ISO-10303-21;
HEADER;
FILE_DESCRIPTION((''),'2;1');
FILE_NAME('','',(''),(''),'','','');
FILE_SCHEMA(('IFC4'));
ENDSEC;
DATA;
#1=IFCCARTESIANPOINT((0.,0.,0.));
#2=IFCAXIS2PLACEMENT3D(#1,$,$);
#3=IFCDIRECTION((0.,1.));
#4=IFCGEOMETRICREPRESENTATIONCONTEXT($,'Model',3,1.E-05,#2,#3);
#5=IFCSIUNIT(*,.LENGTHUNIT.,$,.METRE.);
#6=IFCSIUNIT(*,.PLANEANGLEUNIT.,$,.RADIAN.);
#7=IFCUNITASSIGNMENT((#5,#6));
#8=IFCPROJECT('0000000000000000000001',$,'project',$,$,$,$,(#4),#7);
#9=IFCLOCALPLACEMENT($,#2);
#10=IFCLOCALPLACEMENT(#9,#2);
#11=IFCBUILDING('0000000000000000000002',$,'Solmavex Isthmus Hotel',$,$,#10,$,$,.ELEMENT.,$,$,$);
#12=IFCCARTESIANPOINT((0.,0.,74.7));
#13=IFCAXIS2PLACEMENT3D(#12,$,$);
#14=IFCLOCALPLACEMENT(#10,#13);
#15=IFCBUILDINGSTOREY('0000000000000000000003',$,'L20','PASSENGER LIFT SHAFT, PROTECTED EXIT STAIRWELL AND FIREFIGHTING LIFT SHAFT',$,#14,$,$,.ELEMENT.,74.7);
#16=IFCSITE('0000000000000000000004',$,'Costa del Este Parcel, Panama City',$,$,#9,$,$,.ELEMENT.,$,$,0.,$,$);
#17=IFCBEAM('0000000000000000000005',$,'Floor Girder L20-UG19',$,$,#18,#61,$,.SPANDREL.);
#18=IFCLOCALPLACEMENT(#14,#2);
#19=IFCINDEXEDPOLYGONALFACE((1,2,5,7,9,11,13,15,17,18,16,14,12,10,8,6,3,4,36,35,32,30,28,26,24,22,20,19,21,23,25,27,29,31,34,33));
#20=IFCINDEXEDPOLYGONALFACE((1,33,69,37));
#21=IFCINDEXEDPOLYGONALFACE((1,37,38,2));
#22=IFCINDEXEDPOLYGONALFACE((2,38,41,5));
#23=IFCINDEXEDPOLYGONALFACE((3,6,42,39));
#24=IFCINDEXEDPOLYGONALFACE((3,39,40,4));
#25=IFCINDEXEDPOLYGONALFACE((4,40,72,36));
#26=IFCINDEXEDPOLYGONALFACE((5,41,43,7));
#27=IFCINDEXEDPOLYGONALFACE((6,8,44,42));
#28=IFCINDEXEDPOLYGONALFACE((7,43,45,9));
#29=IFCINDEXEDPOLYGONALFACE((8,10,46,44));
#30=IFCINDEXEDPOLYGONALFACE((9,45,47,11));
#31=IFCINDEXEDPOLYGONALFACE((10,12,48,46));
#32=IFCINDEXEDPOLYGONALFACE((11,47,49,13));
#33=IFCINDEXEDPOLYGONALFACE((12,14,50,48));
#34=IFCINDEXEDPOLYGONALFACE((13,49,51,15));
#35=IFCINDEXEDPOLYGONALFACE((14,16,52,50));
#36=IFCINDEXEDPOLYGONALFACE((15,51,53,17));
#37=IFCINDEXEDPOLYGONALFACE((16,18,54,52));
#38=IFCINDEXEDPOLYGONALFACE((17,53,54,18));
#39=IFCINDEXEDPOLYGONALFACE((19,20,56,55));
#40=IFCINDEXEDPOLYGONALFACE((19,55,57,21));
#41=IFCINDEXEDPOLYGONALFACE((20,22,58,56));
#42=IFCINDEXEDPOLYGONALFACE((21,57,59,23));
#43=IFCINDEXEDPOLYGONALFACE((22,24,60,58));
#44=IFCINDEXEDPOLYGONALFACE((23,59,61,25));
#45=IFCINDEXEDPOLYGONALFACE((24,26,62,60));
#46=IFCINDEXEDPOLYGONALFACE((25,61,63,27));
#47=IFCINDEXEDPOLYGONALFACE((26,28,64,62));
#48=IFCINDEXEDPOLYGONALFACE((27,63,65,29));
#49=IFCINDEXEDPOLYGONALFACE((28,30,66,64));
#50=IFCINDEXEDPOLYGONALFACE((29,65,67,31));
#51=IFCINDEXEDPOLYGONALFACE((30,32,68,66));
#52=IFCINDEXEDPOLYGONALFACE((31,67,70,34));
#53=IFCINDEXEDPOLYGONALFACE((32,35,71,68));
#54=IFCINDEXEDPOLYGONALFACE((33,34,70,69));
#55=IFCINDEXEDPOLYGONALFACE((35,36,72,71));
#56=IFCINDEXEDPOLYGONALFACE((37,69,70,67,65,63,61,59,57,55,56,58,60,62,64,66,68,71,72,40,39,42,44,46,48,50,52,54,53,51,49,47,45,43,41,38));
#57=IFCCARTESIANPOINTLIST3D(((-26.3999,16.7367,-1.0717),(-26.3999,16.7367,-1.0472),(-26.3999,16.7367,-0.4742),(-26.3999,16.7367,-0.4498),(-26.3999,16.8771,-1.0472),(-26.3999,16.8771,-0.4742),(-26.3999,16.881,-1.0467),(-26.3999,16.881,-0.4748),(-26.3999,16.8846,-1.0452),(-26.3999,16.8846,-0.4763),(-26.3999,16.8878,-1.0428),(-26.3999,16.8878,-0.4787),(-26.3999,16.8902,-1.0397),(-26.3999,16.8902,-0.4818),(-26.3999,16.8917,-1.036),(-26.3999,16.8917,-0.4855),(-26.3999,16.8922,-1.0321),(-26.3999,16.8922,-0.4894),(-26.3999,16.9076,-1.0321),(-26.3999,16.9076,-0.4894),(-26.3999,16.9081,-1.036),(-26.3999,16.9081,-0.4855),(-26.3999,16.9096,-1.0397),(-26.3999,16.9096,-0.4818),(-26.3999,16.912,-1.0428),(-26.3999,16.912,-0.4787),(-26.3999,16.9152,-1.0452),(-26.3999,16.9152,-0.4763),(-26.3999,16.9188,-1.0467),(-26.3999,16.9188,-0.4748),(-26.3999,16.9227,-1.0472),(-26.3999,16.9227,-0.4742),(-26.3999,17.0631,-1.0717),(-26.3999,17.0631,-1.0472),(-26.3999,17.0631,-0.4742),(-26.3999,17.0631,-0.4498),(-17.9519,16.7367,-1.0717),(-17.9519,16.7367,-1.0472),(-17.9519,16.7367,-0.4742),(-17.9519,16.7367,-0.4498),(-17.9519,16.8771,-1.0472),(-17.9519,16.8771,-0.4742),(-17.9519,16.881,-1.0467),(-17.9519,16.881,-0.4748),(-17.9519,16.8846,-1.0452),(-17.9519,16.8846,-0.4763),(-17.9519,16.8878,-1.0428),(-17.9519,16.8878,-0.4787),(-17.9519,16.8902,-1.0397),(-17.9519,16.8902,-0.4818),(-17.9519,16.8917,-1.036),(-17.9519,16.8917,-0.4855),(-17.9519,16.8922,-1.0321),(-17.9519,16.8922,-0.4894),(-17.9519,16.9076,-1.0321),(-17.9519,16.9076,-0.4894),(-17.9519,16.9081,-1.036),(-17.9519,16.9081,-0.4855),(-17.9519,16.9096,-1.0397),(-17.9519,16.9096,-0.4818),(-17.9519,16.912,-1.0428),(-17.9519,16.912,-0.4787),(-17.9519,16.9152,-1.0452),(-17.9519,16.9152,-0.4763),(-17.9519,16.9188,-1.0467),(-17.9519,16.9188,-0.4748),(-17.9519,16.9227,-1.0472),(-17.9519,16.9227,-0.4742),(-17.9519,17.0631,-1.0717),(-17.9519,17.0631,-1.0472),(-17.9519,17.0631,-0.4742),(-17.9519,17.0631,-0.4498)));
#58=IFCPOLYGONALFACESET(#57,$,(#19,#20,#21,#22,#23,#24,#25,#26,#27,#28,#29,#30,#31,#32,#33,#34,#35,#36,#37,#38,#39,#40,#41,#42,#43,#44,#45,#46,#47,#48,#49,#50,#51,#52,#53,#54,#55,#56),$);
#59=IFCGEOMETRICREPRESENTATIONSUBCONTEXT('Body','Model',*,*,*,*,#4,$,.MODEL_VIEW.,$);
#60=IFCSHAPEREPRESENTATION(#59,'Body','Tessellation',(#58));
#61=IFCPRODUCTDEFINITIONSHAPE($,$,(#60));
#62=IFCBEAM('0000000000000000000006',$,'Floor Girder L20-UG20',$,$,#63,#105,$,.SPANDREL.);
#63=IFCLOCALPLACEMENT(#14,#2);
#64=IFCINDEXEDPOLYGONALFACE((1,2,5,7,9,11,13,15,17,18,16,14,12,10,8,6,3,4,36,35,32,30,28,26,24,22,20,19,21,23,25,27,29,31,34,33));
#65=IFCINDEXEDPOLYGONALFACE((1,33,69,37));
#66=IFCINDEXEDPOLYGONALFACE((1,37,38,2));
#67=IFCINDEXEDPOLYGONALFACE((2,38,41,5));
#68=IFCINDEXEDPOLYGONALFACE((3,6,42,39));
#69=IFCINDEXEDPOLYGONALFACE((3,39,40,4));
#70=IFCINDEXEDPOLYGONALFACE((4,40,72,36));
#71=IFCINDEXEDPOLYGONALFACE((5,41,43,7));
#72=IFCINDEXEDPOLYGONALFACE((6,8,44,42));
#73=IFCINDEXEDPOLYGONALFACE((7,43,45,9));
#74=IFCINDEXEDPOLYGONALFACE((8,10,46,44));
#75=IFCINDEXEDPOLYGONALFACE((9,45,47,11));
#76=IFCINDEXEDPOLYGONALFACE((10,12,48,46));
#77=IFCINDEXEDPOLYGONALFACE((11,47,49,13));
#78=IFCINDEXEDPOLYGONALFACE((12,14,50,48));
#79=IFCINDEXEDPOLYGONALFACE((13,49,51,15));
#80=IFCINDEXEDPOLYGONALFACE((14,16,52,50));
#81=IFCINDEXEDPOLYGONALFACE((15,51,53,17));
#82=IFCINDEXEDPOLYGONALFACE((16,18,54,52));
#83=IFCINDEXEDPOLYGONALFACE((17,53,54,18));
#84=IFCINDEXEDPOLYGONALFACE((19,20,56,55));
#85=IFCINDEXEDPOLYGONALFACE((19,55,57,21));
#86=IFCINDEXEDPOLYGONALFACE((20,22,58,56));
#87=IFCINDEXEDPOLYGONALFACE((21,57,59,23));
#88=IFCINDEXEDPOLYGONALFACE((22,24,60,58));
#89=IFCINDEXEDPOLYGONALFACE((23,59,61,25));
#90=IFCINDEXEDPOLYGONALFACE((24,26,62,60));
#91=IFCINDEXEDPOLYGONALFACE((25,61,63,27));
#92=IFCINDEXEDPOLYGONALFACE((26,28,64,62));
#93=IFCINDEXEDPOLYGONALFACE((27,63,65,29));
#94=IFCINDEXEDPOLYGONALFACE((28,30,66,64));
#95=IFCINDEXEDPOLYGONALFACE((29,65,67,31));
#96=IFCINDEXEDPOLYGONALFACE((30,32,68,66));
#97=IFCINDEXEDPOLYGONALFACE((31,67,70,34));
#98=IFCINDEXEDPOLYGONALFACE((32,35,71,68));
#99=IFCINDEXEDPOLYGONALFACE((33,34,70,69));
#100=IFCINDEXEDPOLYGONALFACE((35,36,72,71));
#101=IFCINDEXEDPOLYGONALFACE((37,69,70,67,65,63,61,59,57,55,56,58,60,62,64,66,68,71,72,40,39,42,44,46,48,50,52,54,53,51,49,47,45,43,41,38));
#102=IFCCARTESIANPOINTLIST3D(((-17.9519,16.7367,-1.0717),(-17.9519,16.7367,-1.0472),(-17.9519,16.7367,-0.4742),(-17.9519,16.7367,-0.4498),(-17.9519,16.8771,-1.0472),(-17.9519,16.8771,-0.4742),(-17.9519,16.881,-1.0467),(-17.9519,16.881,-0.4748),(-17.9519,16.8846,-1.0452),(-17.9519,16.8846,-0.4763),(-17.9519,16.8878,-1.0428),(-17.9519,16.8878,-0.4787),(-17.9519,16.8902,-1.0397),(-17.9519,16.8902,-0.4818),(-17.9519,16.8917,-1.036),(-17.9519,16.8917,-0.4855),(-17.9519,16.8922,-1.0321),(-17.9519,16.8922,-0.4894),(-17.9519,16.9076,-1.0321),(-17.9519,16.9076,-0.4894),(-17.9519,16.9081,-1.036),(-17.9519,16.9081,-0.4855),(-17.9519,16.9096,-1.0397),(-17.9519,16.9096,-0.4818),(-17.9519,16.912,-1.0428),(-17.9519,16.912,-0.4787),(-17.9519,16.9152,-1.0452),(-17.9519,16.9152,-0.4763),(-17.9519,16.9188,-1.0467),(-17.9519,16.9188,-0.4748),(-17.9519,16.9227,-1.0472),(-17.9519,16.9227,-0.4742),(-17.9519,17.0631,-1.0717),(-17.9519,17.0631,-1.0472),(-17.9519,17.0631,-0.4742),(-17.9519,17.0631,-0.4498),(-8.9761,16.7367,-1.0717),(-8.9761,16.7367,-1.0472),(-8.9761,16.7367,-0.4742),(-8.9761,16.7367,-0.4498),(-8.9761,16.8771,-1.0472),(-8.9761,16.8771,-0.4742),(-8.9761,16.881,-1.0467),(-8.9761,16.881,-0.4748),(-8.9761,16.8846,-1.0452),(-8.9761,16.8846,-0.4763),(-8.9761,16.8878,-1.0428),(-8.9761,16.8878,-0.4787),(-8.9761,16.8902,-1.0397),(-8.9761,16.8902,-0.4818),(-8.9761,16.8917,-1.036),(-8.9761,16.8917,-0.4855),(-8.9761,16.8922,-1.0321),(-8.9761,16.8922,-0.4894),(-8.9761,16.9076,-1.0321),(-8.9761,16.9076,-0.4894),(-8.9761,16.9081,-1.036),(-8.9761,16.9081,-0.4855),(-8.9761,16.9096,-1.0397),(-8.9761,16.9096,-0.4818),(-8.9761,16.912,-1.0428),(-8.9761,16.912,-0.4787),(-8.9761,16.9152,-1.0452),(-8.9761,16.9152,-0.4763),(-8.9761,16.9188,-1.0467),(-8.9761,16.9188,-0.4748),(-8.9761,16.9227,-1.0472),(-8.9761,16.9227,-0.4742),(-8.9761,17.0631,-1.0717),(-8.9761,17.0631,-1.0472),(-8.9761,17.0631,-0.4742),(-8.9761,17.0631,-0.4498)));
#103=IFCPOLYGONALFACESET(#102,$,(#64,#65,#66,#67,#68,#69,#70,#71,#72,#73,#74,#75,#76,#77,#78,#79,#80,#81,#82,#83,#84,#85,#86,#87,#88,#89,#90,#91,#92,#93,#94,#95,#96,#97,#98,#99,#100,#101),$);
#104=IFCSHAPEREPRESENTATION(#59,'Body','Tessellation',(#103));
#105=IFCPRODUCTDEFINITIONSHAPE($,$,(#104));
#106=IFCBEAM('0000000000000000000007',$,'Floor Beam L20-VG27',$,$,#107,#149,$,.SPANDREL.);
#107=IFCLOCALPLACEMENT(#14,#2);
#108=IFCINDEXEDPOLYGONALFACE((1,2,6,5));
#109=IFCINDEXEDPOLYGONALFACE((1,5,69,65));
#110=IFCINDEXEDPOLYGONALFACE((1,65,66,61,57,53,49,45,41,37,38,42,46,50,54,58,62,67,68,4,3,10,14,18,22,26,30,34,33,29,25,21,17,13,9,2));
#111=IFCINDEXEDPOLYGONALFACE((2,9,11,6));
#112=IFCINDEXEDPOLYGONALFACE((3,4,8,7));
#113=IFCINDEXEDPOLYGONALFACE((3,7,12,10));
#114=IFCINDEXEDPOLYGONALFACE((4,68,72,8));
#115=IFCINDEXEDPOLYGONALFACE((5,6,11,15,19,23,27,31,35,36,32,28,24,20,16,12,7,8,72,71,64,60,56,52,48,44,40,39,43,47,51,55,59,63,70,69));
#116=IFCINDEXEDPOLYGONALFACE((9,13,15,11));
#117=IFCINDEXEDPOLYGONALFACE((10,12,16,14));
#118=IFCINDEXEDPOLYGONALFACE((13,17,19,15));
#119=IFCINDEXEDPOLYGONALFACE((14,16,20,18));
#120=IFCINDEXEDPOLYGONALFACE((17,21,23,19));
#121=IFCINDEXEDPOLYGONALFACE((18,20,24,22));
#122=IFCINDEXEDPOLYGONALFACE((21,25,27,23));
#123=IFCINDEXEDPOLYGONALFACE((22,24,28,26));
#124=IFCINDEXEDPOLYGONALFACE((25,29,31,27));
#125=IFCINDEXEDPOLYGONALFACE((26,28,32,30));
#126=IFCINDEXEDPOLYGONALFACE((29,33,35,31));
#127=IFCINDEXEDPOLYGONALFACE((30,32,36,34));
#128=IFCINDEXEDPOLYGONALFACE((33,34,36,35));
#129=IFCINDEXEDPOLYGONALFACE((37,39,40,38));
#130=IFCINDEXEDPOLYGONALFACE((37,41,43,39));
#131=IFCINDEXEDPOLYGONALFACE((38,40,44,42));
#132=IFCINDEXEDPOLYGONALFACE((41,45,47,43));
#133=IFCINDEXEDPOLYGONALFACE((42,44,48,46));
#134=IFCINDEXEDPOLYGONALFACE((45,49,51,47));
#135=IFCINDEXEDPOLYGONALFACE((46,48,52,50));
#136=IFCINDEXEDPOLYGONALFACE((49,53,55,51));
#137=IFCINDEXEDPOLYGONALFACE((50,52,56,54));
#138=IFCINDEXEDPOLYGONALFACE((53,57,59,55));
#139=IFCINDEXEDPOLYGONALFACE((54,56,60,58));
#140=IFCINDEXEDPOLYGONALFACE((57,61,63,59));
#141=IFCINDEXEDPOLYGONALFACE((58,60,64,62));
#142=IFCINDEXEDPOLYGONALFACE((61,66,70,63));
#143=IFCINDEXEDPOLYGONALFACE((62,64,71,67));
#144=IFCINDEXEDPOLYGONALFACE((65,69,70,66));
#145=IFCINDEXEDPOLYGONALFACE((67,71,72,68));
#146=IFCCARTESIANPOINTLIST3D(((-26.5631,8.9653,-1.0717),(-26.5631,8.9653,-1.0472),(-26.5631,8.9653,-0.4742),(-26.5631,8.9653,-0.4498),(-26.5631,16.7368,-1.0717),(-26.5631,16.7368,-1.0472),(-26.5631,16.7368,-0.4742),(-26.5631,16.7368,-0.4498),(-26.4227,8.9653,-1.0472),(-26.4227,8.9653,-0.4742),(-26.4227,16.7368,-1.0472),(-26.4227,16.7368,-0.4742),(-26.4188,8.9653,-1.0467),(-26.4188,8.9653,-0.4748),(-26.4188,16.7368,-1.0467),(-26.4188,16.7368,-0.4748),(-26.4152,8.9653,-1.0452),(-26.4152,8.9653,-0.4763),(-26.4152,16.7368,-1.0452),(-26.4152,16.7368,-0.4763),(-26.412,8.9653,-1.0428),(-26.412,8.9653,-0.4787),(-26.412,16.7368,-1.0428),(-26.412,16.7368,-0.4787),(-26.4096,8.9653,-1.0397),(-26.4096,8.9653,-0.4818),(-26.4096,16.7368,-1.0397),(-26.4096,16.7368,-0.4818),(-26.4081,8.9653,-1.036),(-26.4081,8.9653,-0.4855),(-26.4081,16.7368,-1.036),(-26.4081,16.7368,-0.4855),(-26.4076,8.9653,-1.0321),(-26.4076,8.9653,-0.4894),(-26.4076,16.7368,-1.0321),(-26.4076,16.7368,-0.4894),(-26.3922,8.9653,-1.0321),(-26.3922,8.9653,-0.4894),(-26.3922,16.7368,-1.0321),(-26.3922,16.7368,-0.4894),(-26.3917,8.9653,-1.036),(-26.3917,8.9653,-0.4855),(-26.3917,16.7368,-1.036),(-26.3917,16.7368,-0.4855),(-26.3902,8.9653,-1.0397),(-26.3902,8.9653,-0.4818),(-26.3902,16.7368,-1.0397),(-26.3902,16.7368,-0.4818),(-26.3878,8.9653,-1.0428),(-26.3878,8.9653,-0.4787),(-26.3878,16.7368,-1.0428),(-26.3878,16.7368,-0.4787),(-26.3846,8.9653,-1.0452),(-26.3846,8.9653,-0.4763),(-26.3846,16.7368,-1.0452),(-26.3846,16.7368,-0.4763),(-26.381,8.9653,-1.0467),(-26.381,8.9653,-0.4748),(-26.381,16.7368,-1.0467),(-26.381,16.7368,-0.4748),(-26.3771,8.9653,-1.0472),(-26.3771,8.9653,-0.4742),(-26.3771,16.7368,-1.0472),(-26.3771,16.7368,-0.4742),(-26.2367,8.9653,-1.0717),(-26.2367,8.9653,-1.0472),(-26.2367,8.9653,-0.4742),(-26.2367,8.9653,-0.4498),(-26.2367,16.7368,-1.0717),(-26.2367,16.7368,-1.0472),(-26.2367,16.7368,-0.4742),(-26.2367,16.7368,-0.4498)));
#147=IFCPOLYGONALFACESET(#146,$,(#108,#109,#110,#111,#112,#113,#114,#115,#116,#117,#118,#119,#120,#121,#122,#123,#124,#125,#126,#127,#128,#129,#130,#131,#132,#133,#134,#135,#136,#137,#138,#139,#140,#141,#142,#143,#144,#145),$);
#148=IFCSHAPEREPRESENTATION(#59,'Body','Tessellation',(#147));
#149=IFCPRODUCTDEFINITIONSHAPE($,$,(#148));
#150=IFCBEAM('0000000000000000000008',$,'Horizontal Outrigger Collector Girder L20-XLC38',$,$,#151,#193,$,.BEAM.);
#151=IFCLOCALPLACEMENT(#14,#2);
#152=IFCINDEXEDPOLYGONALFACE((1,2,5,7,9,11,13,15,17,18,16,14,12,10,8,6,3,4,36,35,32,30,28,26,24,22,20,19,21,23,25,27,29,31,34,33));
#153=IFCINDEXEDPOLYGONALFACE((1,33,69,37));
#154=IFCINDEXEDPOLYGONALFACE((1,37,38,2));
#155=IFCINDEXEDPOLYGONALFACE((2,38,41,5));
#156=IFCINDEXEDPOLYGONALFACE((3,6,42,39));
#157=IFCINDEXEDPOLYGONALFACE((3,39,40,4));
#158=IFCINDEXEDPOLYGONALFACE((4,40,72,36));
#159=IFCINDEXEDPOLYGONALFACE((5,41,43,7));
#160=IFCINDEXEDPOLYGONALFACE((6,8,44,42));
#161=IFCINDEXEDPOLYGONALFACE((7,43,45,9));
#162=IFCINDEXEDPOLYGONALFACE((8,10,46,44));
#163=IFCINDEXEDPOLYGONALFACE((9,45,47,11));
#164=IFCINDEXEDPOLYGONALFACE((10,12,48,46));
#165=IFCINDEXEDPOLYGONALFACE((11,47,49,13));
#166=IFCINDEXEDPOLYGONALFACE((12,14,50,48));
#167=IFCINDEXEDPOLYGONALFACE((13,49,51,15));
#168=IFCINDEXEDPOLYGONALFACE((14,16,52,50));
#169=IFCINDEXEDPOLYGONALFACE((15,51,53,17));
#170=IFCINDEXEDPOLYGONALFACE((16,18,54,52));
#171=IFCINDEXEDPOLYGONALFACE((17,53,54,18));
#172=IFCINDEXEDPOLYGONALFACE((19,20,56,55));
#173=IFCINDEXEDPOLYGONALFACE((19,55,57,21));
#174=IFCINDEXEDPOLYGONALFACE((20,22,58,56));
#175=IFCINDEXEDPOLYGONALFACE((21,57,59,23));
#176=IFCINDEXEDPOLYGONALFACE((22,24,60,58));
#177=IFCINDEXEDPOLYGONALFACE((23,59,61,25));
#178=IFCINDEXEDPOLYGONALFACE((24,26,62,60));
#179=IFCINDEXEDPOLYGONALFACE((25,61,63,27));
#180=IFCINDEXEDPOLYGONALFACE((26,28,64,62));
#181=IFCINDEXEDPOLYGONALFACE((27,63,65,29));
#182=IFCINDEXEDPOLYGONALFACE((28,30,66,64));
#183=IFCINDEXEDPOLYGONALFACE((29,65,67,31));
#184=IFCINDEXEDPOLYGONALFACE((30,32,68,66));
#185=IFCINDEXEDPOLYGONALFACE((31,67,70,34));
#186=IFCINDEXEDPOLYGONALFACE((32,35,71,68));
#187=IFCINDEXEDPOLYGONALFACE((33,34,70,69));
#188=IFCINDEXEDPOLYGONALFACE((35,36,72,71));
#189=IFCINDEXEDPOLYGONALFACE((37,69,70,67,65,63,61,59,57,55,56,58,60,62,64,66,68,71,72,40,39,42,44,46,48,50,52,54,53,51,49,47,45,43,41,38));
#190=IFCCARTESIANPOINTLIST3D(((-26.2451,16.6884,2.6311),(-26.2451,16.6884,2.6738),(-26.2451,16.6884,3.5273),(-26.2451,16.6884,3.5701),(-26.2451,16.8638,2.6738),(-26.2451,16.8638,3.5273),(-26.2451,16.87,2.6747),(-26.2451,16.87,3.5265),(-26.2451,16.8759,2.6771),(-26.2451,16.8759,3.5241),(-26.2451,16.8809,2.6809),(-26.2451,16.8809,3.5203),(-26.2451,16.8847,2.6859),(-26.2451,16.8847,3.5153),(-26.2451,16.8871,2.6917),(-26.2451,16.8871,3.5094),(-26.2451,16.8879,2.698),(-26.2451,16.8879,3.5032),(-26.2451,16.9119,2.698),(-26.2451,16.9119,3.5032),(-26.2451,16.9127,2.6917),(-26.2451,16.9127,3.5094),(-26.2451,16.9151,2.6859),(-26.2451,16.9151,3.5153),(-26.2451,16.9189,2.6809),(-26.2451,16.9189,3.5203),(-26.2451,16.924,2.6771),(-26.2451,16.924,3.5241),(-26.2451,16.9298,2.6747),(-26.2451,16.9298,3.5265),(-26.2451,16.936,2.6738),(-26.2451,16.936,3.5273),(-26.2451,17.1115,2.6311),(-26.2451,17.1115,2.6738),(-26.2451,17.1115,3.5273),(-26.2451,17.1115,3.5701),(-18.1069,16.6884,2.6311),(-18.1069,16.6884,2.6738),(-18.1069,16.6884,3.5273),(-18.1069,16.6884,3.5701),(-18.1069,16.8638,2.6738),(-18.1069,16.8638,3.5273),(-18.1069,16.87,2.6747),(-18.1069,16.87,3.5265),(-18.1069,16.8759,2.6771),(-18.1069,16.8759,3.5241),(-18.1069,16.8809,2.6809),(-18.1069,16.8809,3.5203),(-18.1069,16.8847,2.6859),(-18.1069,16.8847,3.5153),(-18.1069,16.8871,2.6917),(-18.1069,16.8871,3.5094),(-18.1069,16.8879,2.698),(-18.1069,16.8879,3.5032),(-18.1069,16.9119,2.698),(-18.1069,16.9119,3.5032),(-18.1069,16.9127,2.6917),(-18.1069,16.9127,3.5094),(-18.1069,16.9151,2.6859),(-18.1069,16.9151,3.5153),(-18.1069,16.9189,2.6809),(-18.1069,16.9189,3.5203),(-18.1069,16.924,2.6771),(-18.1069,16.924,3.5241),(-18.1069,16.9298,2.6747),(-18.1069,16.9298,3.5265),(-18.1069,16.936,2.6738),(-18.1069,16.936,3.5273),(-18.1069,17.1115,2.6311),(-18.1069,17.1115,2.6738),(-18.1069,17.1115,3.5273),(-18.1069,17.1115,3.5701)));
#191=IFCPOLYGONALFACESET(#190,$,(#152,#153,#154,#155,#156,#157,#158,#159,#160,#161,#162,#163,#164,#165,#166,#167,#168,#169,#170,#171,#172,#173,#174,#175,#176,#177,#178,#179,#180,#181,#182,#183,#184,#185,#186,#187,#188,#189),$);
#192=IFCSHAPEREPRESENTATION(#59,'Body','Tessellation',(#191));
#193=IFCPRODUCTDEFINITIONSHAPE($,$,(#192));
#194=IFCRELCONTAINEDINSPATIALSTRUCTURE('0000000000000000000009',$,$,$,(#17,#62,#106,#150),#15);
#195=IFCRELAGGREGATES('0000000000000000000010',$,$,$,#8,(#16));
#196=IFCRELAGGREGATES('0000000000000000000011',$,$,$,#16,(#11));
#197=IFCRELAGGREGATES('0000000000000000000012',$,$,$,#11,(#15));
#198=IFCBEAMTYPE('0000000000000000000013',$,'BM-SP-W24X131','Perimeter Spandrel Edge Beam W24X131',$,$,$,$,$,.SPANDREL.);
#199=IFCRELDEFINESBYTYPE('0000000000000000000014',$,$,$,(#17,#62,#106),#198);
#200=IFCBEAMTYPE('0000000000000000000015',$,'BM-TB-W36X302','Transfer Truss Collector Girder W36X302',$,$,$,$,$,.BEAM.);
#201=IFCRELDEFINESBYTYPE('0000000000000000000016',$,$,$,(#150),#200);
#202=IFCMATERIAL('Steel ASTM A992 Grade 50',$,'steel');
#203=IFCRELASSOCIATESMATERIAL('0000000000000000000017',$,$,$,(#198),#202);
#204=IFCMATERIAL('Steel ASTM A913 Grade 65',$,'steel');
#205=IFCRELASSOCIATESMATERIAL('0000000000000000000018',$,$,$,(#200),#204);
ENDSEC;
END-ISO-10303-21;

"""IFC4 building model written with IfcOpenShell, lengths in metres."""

from ifc_helpers import new_model, si_unit, direction, frame, origin, origin_2d, place, context, subcontext, project, spatial, i_section, extrude, material, material_profile, profile_set, type_object, element, save


model = new_model("IFC4")

# Units and contexts
model_context = context("Model", 3, precision=1e-05, world=origin(), true_north=direction((0.0, 1.0)))
body_context = subcontext(model_context, "Body", "Model", "MODEL_VIEW")
ifc_project = project(units=[si_unit("LENGTHUNIT", "METRE"), si_unit("PLANEANGLEUNIT", "RADIAN")], contexts=[model_context])

# Site, building, storey
site_placement = place(None, origin())
site = spatial("IfcSite", under=ifc_project, at=site_placement, Name="Costa del Este Parcel, Panama City", CompositionType="ELEMENT", RefElevation=0.0)
building_placement = place(site_placement, origin())
building = spatial("IfcBuilding", under=site, at=building_placement, Name="Solmavex Isthmus Hotel", CompositionType="ELEMENT")
storey_placement = place(building_placement, frame((0.0, 0.0, 74.7)))
storey = spatial("IfcBuildingStorey", under=building, at=storey_placement, Name="L20", Description="PASSENGER LIFT SHAFT, PROTECTED EXIT STAIRWELL AND FIREFIGHTING LIFT SHAFT", CompositionType="ELEMENT", Elevation=74.7)

# Shared definitions
ifc_material_1 = material(Name="Steel ASTM A913 Grade 65", Category="steel")

# Beams
ifc_material_2 = material(Name="Steel ASTM A992 Grade 50", Category="steel")
ifc_material_profile_1 = material_profile(ifc_material_2, i_section(OverallWidth=0.3264, OverallDepth=0.6218, WebThickness=0.0154, FlangeThickness=0.0244, FilletRadius=0.0151, at=origin_2d()), Name="W24X131")
ifc_profile_set_1 = profile_set([ifc_material_profile_1], Name="Steel ASTM A992 Grade 50")
beam_type_1 = type_object("IfcBeamType", Name="BM-SP-W24X131", Description="Perimeter Spandrel Edge Beam W24X131", PredefinedType="SPANDREL", material=ifc_profile_set_1)
beam_1_placement = place(storey_placement, frame((-26.3999, 16.8999, -0.7607), z_axis=(1.0, 0.0, 0.0), x_axis=(0.0, 1.0, 0.0)))
element("IfcBeam", 1, at=beam_1_placement, inside=storey, type_object=beam_type_1, Name="Floor Girder L20-UG19", PredefinedType="SPANDREL", context=body_context, shape_type="SweptSolid", body=[
    extrude(i_section(OverallWidth=0.3264, OverallDepth=0.6218, WebThickness=0.0154, FlangeThickness=0.0244, FilletRadius=0.0151, at=origin_2d()), origin(), (0.0, 0.0, 1.0), 8.448),
])
beam_2_placement = place(storey_placement, frame((-17.9519, 16.8999, -0.7607), z_axis=(1.0, 0.0, 0.0), x_axis=(0.0, 1.0, 0.0)))
element("IfcBeam", 2, at=beam_2_placement, inside=storey, type_object=beam_type_1, Name="Floor Girder L20-UG20", PredefinedType="SPANDREL", context=body_context, shape_type="SweptSolid", body=[
    extrude(i_section(OverallWidth=0.3264, OverallDepth=0.6218, WebThickness=0.0154, FlangeThickness=0.0244, FilletRadius=0.0151, at=origin_2d()), origin(), (0.0, 0.0, 1.0), 8.9758),
])
beam_3_placement = place(storey_placement, frame((-26.3999, 8.9653, -0.7607), z_axis=(0.0, 1.0, 0.0), x_axis=(-1.0, 0.0, 0.0)))
element("IfcBeam", 3, at=beam_3_placement, inside=storey, type_object=beam_type_1, Name="Floor Beam L20-VG27", PredefinedType="SPANDREL", context=body_context, shape_type="SweptSolid", body=[
    extrude(i_section(OverallWidth=0.3264, OverallDepth=0.6218, WebThickness=0.0154, FlangeThickness=0.0244, FilletRadius=0.0151, at=origin_2d()), origin(), (0.0, 0.0, 1.0), 7.7715),
])
ifc_material_profile_2 = material_profile(ifc_material_1, i_section(OverallWidth=0.4231, OverallDepth=0.939, WebThickness=0.0239, FlangeThickness=0.0427, FilletRadius=0.0242, at=origin_2d()), Name="W36X302")
ifc_profile_set_2 = profile_set([ifc_material_profile_2], Name="Steel ASTM A913 Grade 65")
beam_type_2 = type_object("IfcBeamType", Name="BM-TB-W36X302", Description="Transfer Truss Collector Girder W36X302", PredefinedType="BEAM", material=ifc_profile_set_2)
beam_4_placement = place(storey_placement, frame((-26.2451, 16.8999, 3.1006), z_axis=(1.0, 0.0, 0.0), x_axis=(0.0, 1.0, 0.0)))
element("IfcBeam", 4, at=beam_4_placement, inside=storey, type_object=beam_type_2, Name="Horizontal Outrigger Collector Girder L20-XLC38", PredefinedType="BEAM", context=body_context, shape_type="SweptSolid", body=[
    extrude(i_section(OverallWidth=0.4231, OverallDepth=0.939, WebThickness=0.0239, FlangeThickness=0.0427, FilletRadius=0.0242, at=origin_2d()), origin(), (0.0, 0.0, 1.0), 8.1382),
])

save(model, "model.ifc")
